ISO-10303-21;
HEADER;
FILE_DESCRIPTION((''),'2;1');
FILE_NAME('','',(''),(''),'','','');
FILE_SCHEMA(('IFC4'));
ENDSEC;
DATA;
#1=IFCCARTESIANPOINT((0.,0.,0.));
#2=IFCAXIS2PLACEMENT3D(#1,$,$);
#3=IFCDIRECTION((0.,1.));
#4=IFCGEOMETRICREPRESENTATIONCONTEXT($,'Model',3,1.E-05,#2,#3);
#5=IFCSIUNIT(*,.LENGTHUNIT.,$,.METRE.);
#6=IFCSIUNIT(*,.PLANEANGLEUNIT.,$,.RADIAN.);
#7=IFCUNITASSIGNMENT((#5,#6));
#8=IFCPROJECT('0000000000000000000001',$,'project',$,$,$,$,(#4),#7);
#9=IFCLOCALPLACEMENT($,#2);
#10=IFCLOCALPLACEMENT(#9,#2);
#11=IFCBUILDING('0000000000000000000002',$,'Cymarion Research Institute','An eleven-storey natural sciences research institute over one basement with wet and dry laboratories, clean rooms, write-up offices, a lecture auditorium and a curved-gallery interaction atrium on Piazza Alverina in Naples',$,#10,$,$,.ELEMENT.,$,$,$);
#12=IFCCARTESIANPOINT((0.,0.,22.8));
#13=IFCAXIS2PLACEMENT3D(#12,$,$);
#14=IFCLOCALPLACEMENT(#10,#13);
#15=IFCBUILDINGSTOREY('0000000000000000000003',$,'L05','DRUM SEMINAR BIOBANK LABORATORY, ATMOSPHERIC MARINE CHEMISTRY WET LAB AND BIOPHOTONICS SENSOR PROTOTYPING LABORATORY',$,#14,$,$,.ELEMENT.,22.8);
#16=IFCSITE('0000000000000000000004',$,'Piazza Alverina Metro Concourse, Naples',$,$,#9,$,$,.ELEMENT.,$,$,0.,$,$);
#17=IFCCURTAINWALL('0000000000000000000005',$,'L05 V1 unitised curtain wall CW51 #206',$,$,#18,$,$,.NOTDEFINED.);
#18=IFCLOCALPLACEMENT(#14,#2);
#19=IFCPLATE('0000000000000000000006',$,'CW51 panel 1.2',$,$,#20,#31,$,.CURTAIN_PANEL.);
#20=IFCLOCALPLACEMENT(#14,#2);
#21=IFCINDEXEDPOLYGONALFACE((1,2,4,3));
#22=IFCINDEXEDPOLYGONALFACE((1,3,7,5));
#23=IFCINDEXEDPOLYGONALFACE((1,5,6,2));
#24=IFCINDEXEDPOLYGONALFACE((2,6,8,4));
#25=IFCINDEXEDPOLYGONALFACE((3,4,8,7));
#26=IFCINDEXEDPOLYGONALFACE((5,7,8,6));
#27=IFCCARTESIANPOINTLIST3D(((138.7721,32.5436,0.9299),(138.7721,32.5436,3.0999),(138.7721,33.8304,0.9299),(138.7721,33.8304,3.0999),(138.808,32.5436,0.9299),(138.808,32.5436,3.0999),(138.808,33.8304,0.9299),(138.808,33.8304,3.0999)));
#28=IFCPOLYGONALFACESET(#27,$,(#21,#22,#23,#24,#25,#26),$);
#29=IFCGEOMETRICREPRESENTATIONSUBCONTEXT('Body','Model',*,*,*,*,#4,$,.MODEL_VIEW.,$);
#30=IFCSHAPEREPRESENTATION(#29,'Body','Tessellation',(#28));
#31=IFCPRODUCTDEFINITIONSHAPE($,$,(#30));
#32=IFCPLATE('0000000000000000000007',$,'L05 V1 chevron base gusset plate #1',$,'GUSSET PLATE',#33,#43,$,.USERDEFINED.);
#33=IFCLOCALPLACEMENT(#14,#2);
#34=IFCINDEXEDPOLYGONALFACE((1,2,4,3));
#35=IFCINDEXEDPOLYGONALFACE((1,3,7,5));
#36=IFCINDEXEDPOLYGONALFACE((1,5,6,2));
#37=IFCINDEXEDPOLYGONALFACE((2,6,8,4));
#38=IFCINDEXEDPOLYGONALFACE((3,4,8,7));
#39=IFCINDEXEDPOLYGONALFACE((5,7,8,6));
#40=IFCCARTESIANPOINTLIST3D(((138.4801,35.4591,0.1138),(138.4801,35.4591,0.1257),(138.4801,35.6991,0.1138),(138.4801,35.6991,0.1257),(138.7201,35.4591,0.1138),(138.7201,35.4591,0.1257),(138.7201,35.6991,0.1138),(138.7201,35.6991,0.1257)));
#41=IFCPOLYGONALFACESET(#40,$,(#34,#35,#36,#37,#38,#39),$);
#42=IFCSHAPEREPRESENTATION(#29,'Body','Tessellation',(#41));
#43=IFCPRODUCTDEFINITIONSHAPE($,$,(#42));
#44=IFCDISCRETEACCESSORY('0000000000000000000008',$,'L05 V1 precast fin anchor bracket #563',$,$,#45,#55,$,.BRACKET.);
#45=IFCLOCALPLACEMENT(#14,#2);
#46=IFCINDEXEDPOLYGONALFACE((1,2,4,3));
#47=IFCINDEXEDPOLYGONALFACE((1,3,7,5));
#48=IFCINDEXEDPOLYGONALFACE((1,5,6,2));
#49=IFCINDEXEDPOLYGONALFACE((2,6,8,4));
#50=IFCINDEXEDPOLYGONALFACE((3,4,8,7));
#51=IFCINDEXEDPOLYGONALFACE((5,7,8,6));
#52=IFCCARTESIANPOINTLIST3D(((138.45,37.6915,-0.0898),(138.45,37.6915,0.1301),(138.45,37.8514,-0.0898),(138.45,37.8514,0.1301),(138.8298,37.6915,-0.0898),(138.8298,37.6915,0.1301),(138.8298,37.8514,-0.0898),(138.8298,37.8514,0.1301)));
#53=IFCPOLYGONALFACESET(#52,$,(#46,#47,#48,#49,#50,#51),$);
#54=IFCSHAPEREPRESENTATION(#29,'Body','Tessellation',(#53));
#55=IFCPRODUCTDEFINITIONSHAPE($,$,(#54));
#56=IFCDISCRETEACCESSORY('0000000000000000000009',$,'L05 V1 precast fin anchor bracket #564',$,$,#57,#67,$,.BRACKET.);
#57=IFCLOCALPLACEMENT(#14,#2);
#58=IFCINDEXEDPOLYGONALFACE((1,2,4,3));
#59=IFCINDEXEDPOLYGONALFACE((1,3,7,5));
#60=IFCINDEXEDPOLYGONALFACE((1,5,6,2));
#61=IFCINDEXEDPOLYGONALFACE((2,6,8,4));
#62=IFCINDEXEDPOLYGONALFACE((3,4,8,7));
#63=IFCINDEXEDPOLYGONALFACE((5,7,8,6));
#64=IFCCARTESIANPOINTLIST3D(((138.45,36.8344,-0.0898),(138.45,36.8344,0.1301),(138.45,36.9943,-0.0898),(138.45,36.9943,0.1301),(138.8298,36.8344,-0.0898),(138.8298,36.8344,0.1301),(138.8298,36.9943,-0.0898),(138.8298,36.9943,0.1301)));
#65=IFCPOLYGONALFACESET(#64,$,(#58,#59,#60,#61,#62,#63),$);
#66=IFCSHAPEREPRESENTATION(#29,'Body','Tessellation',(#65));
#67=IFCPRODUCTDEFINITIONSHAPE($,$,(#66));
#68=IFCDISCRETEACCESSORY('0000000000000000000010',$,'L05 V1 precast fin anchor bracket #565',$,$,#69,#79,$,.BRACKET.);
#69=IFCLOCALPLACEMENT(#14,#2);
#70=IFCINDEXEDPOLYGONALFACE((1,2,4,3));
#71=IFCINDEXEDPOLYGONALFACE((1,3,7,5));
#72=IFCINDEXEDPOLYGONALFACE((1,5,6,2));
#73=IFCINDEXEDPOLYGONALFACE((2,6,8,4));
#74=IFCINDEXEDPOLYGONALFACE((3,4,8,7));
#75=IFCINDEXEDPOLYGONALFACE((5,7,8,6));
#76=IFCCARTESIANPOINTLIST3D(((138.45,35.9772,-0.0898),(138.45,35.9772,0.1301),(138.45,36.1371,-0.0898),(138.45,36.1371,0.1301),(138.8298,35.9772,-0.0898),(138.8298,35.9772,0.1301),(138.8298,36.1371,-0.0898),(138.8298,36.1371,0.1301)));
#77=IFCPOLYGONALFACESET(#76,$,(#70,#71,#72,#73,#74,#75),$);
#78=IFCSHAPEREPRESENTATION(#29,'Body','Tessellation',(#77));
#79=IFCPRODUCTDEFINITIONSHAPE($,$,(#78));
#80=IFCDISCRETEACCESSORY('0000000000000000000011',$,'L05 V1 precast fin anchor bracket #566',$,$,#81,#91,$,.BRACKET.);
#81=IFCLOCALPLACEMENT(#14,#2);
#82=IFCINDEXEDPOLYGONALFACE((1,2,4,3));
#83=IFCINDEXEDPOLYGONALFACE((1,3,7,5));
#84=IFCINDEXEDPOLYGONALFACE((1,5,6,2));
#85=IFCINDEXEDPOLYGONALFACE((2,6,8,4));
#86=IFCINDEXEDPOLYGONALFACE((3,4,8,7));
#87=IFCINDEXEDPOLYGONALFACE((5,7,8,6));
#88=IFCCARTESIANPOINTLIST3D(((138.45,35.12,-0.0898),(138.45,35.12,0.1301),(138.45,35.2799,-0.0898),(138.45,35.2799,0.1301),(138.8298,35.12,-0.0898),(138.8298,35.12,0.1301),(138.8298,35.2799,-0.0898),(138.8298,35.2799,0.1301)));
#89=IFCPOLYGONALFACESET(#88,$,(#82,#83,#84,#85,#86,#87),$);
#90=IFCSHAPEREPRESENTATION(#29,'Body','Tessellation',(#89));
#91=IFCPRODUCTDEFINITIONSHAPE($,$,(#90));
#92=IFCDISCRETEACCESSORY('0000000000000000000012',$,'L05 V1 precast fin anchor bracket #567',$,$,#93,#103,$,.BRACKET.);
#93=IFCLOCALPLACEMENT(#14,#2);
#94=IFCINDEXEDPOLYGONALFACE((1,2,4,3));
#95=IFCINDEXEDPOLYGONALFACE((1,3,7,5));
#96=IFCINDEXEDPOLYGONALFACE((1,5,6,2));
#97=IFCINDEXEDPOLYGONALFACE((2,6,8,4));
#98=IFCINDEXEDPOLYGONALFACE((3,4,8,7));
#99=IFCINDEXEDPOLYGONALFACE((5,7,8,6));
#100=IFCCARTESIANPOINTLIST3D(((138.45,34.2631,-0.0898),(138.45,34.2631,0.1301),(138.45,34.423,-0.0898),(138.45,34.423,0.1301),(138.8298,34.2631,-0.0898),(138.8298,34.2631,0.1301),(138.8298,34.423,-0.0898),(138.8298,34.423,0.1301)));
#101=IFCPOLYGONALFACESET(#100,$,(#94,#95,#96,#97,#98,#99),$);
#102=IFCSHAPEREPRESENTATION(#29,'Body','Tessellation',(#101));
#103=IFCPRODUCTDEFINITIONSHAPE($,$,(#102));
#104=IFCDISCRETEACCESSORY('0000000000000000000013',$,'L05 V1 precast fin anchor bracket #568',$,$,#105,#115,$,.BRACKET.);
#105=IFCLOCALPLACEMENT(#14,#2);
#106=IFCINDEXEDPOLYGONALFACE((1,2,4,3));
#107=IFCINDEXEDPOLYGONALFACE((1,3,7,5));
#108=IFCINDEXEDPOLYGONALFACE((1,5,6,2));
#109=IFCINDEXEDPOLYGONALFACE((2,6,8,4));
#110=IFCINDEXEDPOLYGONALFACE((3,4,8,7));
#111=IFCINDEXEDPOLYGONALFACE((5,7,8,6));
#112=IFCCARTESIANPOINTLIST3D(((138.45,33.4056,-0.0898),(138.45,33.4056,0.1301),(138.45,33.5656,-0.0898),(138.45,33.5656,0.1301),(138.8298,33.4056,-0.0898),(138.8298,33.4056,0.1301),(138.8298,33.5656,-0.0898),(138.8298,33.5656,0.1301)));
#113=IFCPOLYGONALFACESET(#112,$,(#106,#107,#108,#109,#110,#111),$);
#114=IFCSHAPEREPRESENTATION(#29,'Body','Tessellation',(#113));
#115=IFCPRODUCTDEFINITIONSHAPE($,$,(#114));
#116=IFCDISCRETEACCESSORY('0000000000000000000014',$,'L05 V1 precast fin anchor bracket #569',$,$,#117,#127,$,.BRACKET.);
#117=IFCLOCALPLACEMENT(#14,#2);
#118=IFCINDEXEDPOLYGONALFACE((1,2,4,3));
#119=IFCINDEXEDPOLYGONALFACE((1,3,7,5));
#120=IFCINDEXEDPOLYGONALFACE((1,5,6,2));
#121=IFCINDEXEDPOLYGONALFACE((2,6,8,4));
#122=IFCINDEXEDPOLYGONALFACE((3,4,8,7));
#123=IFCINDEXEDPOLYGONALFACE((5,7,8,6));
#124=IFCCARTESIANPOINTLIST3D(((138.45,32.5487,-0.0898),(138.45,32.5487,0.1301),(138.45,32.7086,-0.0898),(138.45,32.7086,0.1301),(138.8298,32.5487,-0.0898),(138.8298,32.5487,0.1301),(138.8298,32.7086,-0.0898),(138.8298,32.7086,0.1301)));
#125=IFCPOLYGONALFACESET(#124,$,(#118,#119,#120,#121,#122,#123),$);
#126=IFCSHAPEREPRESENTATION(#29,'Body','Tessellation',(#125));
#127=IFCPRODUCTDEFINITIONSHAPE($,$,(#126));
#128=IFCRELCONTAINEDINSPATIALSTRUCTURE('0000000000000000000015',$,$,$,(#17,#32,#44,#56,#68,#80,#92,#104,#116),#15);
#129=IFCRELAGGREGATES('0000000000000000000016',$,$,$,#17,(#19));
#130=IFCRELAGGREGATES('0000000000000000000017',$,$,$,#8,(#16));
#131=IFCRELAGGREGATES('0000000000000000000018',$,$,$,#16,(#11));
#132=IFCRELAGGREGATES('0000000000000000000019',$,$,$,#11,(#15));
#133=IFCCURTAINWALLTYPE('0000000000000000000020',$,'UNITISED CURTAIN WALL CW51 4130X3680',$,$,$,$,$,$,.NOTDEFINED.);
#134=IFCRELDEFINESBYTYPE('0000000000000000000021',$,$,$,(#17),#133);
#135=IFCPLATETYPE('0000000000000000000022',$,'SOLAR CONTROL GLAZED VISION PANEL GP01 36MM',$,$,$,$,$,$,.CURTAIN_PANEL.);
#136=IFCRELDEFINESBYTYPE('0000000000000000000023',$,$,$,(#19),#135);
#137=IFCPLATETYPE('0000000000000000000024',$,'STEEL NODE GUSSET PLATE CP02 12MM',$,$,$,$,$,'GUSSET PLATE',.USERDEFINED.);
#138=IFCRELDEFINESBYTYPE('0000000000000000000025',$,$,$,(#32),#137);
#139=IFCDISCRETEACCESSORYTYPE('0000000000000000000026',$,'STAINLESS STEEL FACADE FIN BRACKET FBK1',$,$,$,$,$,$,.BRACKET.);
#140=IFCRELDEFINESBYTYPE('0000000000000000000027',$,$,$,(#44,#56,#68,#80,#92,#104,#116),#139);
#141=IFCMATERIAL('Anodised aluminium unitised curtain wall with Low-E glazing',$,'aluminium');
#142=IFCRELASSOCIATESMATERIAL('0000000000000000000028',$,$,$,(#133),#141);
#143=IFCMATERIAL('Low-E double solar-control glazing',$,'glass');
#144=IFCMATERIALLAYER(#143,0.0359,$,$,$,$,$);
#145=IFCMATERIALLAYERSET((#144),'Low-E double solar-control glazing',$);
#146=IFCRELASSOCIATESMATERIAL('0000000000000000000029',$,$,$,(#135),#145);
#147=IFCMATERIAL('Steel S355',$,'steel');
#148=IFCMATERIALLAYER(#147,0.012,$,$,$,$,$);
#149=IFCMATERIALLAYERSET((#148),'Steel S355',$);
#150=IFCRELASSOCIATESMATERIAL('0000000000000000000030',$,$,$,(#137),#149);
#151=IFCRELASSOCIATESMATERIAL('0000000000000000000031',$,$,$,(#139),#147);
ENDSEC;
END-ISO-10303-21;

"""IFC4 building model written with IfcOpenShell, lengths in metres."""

from ifc_helpers import new_model, si_unit, direction, frame, origin, origin_2d, place, context, subcontext, project, spatial, rectangle, extrude, material, layer, layer_set, type_object, element, aggregate, save


model = new_model("IFC4")

# Units and contexts
model_context = context("Model", 3, precision=1e-05, world=origin(), true_north=direction((0.0, 1.0)))
body_context = subcontext(model_context, "Body", "Model", "MODEL_VIEW")
ifc_project = project(units=[si_unit("LENGTHUNIT", "METRE"), si_unit("PLANEANGLEUNIT", "RADIAN")], contexts=[model_context])

# Site, building, storey
site_placement = place(None, origin())
site = spatial("IfcSite", under=ifc_project, at=site_placement, Name="Piazza Alverina Metro Concourse, Naples", CompositionType="ELEMENT", RefElevation=0.0)
building_placement = place(site_placement, origin())
building = spatial("IfcBuilding", under=site, at=building_placement, Name="Cymarion Research Institute", Description="An eleven-storey natural sciences research institute over one basement with wet and dry laboratories, clean rooms, write-up offices, a lecture auditorium and a curved-gallery interaction atrium on Piazza Alverina in Naples", CompositionType="ELEMENT")
storey_placement = place(building_placement, frame((0.0, 0.0, 22.8)))
storey = spatial("IfcBuildingStorey", under=building, at=storey_placement, Name="L05", Description="DRUM SEMINAR BIOBANK LABORATORY, ATMOSPHERIC MARINE CHEMISTRY WET LAB AND BIOPHOTONICS SENSOR PROTOTYPING LABORATORY", CompositionType="ELEMENT", Elevation=22.8)

# Curtain wall
ifc_material_1 = material(Name="Anodised aluminium unitised curtain wall with Low-E glazing", Category="aluminium")
curtain_wall_type = type_object("IfcCurtainWallType", Name="UNITISED CURTAIN WALL CW51 4130X3680", PredefinedType="NOTDEFINED", material=ifc_material_1)
curtain_wall_placement = place(storey_placement, origin())
curtain_wall = element("IfcCurtainWall", 1, at=curtain_wall_placement, inside=storey, type_object=curtain_wall_type, Name="L05 V1 unitised curtain wall CW51 #206", PredefinedType="NOTDEFINED")

# Shared definitions
ifc_material_2 = material(Name="Steel S355", Category="steel")

# Plates
ifc_material_3 = material(Name="Low-E double solar-control glazing", Category="glass")
ifc_layer_1 = layer(ifc_material_3, 0.0359)
ifc_layer_set_1 = layer_set([ifc_layer_1], Name="Low-E double solar-control glazing")
plate_type_1 = type_object("IfcPlateType", Name="SOLAR CONTROL GLAZED VISION PANEL GP01 36MM", PredefinedType="CURTAIN_PANEL", material=ifc_layer_set_1)
plate_1_placement = place(storey_placement, frame((138.79, 33.187, 0.9299), z_axis=(0.0, 0.0, 1.0), x_axis=(0.0, -1.0, 0.0)))
plate_1 = element("IfcPlate", 2, at=plate_1_placement, type_object=plate_type_1, Name="CW51 panel 1.2", PredefinedType="CURTAIN_PANEL", context=body_context, shape_type="SweptSolid", body=[
    extrude(rectangle(XDim=1.2869, YDim=0.0359, at=origin_2d()), origin(), (0.0, 0.0, 1.0), 2.1699),
])
aggregate(curtain_wall, [plate_1])
ifc_layer_2 = layer(ifc_material_2, 0.012)
ifc_layer_set_2 = layer_set([ifc_layer_2], Name="Steel S355")
plate_type_2 = type_object("IfcPlateType", Name="STEEL NODE GUSSET PLATE CP02 12MM", ElementType="GUSSET PLATE", PredefinedType="USERDEFINED", material=ifc_layer_set_2)
plate_2_placement = place(storey_placement, frame((138.6001, 35.5791, 0.1138), z_axis=(0.0, 0.0, 1.0), x_axis=(1.0, 0.0, 0.0)))
element("IfcPlate", 3, at=plate_2_placement, inside=storey, type_object=plate_type_2, Name="L05 V1 chevron base gusset plate #1", ObjectType="GUSSET PLATE", PredefinedType="USERDEFINED", context=body_context, shape_type="SweptSolid", body=[
    extrude(rectangle(XDim=0.24, YDim=0.24, at=origin_2d()), origin(), (0.0, 0.0, 1.0), 0.012),
])

# Discrete accessories
discrete_accessory_type = type_object("IfcDiscreteAccessoryType", Name="STAINLESS STEEL FACADE FIN BRACKET FBK1", PredefinedType="BRACKET", material=ifc_material_2)
for number, where, z_axis, x_axis, name in (
    (4, (138.6399, 37.7715, -0.0898), (0.0, 0.0, 1.0), (-1.0, 0.0, 0.0), "L05 V1 precast fin anchor bracket #563"),
    (5, (138.6399, 36.9143, -0.0898), (0.0, 0.0, 1.0), (-1.0, 0.0, 0.0), "L05 V1 precast fin anchor bracket #564"),
    (6, (138.6399, 36.0571, -0.0898), (0.0, 0.0, 1.0), (-1.0, 0.0, 0.0), "L05 V1 precast fin anchor bracket #565"),
    (7, (138.6399, 35.2, -0.0898), (0.0, 0.0, 1.0), (-1.0, 0.0, 0.0), "L05 V1 precast fin anchor bracket #566"),
    (8, (138.6399, 34.343, -0.0898), (0.0, 0.0, 1.0), (-1.0, 0.0, 0.0), "L05 V1 precast fin anchor bracket #567"),
    (9, (138.6399, 33.4856, -0.0898), (0.0, 0.0, 1.0), (-1.0, 0.0, 0.0), "L05 V1 precast fin anchor bracket #568"),
    (10, (138.6399, 32.6287, -0.0898), (0.0, 0.0, 1.0), (-1.0, 0.0, 0.0), "L05 V1 precast fin anchor bracket #569"),
):
    element("IfcDiscreteAccessory", number, at=place(storey_placement, frame(where, z_axis=z_axis, x_axis=x_axis)), inside=storey, type_object=discrete_accessory_type, Name=name, PredefinedType="BRACKET", context=body_context, shape_type="SweptSolid", body=[
        extrude(rectangle(XDim=0.3799, YDim=0.1599, at=origin_2d()), origin(), (0.0, 0.0, 1.0), 0.22),
    ])

save(model, "model.ifc")
